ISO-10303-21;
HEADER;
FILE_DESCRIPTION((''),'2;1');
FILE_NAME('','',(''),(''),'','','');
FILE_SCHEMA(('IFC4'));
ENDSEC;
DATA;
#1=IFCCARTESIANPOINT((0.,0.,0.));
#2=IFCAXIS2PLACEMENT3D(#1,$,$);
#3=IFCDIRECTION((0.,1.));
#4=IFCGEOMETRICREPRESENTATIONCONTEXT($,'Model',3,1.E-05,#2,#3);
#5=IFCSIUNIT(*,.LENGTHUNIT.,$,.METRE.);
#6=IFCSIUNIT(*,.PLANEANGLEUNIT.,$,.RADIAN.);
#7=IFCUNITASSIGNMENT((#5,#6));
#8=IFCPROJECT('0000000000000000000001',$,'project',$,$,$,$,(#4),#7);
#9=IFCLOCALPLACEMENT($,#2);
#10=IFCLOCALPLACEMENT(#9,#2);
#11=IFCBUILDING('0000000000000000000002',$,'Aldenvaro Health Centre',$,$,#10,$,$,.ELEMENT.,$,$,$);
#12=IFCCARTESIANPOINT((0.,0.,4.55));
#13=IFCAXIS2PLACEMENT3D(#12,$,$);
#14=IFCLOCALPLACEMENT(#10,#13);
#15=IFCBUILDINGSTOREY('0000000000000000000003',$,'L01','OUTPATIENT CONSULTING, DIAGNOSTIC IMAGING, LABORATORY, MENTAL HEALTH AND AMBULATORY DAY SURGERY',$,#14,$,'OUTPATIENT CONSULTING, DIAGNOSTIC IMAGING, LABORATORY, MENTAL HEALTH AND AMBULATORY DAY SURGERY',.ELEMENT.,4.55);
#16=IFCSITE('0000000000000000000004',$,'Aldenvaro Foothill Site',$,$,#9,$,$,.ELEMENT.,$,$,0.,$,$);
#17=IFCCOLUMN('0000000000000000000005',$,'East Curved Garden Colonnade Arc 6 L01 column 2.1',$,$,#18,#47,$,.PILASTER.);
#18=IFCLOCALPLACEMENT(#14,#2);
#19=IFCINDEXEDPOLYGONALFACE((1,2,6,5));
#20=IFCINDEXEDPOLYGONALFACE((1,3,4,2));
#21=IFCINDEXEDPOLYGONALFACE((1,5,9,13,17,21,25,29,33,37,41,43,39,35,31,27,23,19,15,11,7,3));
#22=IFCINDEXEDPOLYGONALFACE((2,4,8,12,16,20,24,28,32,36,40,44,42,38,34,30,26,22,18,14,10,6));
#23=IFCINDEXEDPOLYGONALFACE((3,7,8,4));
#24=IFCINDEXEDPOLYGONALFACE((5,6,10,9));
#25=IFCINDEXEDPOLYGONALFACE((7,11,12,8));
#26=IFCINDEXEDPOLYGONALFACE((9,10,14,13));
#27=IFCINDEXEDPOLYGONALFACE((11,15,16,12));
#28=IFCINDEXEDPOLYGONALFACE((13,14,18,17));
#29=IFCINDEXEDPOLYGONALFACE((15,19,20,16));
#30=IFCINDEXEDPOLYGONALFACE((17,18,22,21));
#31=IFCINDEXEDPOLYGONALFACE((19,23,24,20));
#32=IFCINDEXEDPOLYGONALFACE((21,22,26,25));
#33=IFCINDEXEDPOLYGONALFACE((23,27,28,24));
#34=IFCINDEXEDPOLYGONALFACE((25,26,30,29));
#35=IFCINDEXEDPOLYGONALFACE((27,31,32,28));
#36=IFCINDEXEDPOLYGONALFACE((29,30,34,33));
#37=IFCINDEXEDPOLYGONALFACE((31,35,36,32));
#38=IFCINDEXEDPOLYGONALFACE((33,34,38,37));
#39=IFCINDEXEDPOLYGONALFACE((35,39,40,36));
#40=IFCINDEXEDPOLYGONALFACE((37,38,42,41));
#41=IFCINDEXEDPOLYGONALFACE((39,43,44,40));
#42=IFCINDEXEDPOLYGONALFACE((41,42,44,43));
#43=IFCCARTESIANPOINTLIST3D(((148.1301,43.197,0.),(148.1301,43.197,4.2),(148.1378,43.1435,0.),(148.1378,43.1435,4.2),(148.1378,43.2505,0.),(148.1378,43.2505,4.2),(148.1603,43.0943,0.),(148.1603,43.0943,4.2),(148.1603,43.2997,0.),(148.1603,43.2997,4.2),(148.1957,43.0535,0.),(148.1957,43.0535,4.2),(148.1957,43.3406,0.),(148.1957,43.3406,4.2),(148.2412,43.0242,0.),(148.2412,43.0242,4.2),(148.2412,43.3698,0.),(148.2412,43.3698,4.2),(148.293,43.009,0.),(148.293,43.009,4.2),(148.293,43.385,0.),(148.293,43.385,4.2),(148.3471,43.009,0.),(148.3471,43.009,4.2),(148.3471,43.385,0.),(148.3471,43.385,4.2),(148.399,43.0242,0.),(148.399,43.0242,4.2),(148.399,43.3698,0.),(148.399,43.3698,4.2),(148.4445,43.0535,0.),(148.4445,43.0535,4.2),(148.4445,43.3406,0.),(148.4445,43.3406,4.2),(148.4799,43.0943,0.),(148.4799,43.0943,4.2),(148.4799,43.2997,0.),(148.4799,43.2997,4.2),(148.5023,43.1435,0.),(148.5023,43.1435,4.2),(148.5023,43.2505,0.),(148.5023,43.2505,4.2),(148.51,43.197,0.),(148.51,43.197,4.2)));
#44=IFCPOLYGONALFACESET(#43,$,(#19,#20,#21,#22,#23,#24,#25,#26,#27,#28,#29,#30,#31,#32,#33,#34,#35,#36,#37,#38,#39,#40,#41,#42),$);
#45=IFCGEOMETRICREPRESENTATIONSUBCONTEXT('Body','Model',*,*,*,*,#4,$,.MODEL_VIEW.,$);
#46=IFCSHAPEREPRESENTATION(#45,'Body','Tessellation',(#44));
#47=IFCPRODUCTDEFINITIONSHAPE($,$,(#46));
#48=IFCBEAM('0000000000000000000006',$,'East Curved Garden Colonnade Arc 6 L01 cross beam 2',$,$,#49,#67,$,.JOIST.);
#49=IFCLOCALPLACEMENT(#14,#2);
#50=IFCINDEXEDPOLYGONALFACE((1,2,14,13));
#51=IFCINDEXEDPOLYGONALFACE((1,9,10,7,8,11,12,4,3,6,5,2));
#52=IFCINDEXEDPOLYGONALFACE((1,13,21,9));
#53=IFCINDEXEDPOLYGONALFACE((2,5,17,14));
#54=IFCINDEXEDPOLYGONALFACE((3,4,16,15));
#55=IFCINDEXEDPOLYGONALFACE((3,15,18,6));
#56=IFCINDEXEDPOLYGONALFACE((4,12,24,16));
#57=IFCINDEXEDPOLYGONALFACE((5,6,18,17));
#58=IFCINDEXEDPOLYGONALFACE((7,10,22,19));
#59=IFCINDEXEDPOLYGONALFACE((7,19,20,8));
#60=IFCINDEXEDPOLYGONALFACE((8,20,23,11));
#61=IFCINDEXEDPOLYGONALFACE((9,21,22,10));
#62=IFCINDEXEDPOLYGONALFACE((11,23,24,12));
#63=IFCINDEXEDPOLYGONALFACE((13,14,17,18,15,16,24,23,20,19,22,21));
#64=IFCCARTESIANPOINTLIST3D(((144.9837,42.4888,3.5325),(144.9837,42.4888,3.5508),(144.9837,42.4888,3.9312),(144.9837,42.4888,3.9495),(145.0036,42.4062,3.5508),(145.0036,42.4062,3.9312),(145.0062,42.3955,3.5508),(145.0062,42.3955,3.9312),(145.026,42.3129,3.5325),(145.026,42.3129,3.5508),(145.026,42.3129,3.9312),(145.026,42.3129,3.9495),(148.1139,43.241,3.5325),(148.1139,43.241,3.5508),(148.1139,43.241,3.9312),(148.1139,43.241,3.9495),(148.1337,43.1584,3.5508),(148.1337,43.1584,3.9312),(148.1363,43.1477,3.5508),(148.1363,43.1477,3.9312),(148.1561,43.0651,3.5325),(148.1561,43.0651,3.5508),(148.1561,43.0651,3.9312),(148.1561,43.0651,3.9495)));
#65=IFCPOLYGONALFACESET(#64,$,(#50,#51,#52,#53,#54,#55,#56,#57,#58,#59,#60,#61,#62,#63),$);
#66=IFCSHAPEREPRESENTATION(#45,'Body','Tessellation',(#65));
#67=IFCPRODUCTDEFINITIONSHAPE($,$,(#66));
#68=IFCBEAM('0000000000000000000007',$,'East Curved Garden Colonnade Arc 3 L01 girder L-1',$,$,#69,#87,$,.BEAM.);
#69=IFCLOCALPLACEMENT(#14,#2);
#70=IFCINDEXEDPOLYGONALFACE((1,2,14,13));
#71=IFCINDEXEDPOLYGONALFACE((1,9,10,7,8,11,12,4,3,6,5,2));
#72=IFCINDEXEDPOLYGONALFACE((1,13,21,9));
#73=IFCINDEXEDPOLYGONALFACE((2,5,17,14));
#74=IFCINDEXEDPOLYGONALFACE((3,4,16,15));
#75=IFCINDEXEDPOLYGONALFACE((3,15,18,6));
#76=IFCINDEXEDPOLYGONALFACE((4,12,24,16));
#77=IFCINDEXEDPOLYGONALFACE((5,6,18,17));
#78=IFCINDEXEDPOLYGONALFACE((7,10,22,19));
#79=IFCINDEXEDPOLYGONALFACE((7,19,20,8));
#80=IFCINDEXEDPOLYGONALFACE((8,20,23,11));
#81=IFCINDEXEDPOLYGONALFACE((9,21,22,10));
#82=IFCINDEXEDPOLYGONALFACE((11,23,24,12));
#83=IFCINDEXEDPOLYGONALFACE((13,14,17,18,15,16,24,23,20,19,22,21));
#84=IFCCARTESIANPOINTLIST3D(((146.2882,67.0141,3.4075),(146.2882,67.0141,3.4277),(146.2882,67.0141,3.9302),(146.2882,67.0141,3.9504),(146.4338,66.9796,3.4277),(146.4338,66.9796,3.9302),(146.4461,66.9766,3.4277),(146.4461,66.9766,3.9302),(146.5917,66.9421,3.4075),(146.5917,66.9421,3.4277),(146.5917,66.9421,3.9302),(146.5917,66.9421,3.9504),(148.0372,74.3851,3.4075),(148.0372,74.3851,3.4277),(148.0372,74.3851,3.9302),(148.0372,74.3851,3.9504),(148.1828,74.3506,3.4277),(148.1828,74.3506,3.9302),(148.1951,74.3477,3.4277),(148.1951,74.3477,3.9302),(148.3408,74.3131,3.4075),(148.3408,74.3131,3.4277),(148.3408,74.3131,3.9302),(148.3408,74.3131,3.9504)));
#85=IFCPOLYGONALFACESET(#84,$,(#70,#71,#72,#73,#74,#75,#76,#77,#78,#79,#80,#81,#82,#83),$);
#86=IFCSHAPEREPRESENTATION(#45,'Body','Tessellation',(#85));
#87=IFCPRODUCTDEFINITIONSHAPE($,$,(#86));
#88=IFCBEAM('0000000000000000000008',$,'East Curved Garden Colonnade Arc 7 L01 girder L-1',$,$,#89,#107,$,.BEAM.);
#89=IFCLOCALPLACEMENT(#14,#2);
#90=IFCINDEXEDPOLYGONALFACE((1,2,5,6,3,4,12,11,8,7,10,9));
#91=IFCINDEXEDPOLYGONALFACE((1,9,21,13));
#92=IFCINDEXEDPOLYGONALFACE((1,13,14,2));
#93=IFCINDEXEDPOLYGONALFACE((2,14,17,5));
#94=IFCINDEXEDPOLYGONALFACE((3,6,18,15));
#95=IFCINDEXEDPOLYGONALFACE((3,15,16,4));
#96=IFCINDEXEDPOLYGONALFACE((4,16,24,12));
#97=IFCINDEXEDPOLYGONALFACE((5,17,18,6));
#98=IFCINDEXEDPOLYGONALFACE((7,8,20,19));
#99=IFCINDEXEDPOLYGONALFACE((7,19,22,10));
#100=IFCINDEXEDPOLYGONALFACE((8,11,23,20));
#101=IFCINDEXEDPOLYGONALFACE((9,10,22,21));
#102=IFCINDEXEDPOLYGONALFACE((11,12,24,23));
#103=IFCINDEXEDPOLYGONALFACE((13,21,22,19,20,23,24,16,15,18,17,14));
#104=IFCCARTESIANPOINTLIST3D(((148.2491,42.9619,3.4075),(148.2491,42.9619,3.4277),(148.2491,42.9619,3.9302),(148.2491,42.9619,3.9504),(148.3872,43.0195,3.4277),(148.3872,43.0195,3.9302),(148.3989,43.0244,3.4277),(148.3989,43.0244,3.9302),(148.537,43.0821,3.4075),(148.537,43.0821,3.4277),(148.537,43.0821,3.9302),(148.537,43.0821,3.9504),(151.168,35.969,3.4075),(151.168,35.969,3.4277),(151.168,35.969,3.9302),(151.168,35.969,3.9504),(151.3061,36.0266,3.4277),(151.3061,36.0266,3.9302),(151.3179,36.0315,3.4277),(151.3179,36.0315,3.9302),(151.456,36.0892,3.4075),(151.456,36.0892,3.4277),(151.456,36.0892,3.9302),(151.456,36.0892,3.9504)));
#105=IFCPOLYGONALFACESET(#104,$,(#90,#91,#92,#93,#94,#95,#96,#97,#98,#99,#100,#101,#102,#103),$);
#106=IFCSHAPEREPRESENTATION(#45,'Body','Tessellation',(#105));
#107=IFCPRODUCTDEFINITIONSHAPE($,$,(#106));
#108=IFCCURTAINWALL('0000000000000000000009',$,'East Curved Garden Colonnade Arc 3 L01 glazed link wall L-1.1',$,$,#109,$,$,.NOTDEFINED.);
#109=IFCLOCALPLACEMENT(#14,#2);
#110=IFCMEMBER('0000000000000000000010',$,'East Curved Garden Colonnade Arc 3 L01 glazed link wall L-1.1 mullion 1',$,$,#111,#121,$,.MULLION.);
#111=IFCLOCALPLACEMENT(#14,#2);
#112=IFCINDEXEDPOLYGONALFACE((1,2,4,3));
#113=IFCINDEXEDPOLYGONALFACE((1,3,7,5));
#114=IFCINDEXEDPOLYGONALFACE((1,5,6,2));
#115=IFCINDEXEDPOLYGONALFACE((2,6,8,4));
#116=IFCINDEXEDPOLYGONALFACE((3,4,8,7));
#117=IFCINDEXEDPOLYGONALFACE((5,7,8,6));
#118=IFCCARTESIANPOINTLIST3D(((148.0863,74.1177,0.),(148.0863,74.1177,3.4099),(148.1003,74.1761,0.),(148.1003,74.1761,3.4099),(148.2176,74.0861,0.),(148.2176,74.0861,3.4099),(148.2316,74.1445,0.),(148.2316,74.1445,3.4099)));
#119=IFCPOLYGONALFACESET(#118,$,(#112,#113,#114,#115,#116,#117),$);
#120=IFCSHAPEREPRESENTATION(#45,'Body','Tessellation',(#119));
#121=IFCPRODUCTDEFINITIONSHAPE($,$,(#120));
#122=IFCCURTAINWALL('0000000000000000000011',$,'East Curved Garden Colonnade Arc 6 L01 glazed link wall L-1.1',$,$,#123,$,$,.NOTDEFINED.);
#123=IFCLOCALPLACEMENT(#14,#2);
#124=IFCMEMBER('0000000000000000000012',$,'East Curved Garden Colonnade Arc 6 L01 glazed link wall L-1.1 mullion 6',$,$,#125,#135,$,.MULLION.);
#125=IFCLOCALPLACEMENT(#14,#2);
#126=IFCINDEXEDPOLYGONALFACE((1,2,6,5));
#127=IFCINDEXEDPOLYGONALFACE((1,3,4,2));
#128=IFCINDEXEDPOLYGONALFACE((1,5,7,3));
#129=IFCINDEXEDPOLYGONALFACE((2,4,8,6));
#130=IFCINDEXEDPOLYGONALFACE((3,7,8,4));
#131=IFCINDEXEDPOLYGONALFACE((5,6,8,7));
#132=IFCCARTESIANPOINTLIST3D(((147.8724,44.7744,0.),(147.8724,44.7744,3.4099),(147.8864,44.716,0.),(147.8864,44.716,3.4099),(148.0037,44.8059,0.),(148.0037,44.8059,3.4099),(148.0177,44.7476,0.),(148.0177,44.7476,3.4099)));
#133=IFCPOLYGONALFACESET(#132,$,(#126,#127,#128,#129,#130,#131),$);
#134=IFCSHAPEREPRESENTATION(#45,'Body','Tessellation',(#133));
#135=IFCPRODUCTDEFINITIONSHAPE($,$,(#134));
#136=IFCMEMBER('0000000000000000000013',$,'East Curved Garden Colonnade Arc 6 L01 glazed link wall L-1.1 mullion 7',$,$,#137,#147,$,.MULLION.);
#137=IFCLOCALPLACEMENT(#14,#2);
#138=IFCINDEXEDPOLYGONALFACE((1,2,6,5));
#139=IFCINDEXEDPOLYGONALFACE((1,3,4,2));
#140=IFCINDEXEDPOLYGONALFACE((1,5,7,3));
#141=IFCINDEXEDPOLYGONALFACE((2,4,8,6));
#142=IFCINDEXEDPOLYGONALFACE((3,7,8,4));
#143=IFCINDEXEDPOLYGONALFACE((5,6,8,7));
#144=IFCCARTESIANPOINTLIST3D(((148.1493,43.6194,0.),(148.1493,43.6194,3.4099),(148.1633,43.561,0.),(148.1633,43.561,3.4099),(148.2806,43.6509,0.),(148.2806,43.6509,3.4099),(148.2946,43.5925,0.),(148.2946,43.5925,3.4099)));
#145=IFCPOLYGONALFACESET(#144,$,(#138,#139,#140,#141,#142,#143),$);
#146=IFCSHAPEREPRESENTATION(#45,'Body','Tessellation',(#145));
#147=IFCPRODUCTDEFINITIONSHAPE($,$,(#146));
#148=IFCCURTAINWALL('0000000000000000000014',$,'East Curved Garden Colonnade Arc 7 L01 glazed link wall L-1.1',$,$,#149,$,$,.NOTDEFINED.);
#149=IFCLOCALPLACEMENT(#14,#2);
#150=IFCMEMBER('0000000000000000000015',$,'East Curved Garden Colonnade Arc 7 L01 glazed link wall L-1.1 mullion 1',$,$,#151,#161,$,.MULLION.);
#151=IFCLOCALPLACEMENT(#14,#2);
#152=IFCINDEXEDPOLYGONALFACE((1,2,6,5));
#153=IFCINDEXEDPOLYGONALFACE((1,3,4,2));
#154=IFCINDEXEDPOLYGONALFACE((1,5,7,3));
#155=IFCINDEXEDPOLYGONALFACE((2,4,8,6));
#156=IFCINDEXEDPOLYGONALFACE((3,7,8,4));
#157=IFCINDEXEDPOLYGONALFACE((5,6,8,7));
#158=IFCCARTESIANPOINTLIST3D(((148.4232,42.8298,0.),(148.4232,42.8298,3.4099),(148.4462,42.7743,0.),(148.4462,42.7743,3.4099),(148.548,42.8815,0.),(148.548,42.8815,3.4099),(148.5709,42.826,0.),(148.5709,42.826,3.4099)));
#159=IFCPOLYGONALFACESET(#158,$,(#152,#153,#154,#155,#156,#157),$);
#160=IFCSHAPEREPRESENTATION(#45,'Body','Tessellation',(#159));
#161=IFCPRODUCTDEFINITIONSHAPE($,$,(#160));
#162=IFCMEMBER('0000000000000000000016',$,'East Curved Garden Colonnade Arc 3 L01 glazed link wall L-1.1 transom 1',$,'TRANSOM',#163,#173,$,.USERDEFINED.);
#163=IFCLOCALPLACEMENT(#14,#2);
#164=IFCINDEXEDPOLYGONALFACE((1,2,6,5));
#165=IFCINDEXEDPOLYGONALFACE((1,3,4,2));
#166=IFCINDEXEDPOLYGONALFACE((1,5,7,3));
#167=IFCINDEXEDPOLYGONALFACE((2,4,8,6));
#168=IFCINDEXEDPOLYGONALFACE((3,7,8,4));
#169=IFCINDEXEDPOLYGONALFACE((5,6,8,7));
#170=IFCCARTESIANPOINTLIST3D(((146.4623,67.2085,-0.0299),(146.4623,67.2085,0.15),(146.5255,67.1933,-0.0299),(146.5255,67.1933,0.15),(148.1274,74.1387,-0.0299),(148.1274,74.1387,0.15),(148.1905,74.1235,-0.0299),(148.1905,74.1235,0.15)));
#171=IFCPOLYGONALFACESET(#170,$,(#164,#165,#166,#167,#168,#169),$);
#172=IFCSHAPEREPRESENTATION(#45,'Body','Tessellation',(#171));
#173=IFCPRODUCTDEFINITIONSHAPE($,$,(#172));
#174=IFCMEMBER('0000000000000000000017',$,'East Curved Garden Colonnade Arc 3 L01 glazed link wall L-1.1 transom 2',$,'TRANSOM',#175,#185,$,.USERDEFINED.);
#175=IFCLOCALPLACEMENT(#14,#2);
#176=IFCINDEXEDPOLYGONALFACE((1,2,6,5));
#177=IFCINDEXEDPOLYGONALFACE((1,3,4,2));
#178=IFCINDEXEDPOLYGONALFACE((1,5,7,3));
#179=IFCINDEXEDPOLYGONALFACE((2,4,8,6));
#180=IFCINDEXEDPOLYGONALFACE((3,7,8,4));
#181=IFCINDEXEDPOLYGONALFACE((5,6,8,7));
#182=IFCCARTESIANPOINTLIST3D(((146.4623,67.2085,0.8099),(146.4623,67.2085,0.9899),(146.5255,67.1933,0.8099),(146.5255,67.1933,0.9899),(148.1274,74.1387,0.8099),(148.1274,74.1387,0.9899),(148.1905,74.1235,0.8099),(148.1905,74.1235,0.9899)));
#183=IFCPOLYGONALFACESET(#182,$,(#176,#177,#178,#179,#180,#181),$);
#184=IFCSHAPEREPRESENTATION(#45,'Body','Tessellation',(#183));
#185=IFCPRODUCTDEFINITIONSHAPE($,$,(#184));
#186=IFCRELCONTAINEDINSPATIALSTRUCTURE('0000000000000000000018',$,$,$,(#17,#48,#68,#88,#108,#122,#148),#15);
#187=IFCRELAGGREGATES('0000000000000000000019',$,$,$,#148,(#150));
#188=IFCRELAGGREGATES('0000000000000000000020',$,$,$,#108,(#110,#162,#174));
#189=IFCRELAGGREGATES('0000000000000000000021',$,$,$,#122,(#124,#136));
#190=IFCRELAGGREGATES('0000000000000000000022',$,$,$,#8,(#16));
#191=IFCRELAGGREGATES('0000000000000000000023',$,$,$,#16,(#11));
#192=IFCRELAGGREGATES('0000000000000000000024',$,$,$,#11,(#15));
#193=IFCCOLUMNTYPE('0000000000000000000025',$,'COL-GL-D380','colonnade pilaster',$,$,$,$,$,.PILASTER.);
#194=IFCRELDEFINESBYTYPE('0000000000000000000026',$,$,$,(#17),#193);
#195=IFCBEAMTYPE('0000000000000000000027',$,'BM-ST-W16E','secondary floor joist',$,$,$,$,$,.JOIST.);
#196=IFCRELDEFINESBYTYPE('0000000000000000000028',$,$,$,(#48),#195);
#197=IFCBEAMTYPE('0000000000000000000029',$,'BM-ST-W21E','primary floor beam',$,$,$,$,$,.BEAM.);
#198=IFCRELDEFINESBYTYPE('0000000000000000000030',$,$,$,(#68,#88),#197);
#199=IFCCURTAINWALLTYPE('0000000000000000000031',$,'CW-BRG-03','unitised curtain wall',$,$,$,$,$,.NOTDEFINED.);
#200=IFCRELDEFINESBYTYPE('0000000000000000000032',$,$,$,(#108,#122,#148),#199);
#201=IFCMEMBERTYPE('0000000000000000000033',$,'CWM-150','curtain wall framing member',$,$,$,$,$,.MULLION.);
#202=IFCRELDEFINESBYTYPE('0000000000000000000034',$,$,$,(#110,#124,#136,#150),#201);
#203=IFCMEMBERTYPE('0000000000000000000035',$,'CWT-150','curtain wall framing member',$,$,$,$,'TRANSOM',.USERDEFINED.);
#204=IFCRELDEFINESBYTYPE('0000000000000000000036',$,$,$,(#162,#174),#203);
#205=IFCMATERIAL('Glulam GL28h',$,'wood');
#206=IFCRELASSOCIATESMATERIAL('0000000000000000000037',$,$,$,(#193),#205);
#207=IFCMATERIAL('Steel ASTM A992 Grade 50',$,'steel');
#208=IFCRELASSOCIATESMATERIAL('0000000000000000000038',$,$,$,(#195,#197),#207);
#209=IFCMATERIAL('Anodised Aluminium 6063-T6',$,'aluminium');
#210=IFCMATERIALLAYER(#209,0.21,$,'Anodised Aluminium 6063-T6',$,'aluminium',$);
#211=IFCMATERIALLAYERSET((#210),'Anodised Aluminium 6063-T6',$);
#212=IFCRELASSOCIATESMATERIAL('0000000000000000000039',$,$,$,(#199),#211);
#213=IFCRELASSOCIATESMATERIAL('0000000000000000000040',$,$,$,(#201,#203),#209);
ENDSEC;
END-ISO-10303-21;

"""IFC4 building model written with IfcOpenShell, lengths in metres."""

from ifc_helpers import new_model, si_unit, direction, frame, origin, origin_2d, place, context, subcontext, project, spatial, rectangle, circle, i_section, extrude, material, layer, layer_set, material_profile, profile_set, type_object, element, aggregate, save


model = new_model("IFC4")

# Units and contexts
model_context = context("Model", 3, precision=1e-05, world=origin(), true_north=direction((0.0, 1.0)))
body_context = subcontext(model_context, "Body", "Model", "MODEL_VIEW")
ifc_project = project(units=[si_unit("LENGTHUNIT", "METRE"), si_unit("PLANEANGLEUNIT", "RADIAN")], contexts=[model_context])

# Site, building, storey
site_placement = place(None, origin())
site = spatial("IfcSite", under=ifc_project, at=site_placement, Name="Aldenvaro Foothill Site", CompositionType="ELEMENT", RefElevation=0.0)
building_placement = place(site_placement, origin())
building = spatial("IfcBuilding", under=site, at=building_placement, Name="Aldenvaro Health Centre", CompositionType="ELEMENT")
storey_placement = place(building_placement, frame((0.0, 0.0, 4.55)))
storey = spatial("IfcBuildingStorey", under=building, at=storey_placement, Name="L01", Description="OUTPATIENT CONSULTING, DIAGNOSTIC IMAGING, LABORATORY, MENTAL HEALTH AND AMBULATORY DAY SURGERY", LongName="OUTPATIENT CONSULTING, DIAGNOSTIC IMAGING, LABORATORY, MENTAL HEALTH AND AMBULATORY DAY SURGERY", CompositionType="ELEMENT", Elevation=4.55)

# Column
ifc_material_1 = material(Name="Glulam GL28h", Category="wood")
ifc_material_profile_1 = material_profile(ifc_material_1, circle(Radius=0.1899, at=origin_2d()), Name="GL D380", Category="wood")
ifc_profile_set_1 = profile_set([ifc_material_profile_1], Name="Glulam GL28h")
column_type = type_object("IfcColumnType", Name="COL-GL-D380", Description="colonnade pilaster", PredefinedType="PILASTER", material=ifc_profile_set_1)
column_placement = place(storey_placement, frame((148.3201, 43.197, 0.0), z_axis=(0.0, 0.0, 1.0), x_axis=(1.0, 0.0, 0.0)))
element("IfcColumn", 1, at=column_placement, inside=storey, type_object=column_type, Name="East Curved Garden Colonnade Arc 6 L01 column 2.1", PredefinedType="PILASTER", context=body_context, shape_type="SweptSolid", body=[
    extrude(circle(Radius=0.1899, at=origin_2d()), origin(), (0.0, 0.0, 1.0), 4.2),
])

# Beams
ifc_material_2 = material(Name="Steel ASTM A992 Grade 50", Category="steel")
ifc_material_profile_2 = material_profile(ifc_material_2, i_section(OverallWidth=0.1809, OverallDepth=0.417, WebThickness=0.011, FlangeThickness=0.0183, at=origin_2d()), Name="W16X57", Category="steel")
ifc_profile_set_2 = profile_set([ifc_material_profile_2], Name="Steel ASTM A992 Grade 50")
beam_type_1 = type_object("IfcBeamType", Name="BM-ST-W16E", Description="secondary floor joist", PredefinedType="JOIST", material=ifc_profile_set_2)
beam_1_placement = place(storey_placement, frame((148.135, 43.1531, 3.741), z_axis=(-0.972319, -0.233657, 0.0), x_axis=(0.233657, -0.972319, 0.0)))
element("IfcBeam", 2, at=beam_1_placement, inside=storey, type_object=beam_type_1, Name="East Curved Garden Colonnade Arc 6 L01 cross beam 2", PredefinedType="JOIST", context=body_context, shape_type="SweptSolid", body=[
    extrude(i_section(OverallWidth=0.1809, OverallDepth=0.417, WebThickness=0.011, FlangeThickness=0.0183, at=origin_2d()), origin(), (0.0, 0.0, 1.0), 3.2192),
])
ifc_material_profile_3 = material_profile(ifc_material_2, i_section(OverallWidth=0.312, OverallDepth=0.543, WebThickness=0.0127, FlangeThickness=0.0203, at=origin_2d()), Name="W21X101", Category="steel")
ifc_profile_set_3 = profile_set([ifc_material_profile_3], Name="Steel ASTM A992 Grade 50")
beam_type_2 = type_object("IfcBeamType", Name="BM-ST-W21E", Description="primary floor beam", PredefinedType="BEAM", material=ifc_profile_set_3)
beam_2_placement = place(storey_placement, frame((148.189, 74.3491, 3.679), z_axis=(-0.230871, -0.972984, 0.0), x_axis=(0.972984, -0.230871, 0.0)))
element("IfcBeam", 3, at=beam_2_placement, inside=storey, type_object=beam_type_2, Name="East Curved Garden Colonnade Arc 3 L01 girder L-1", PredefinedType="BEAM", context=body_context, shape_type="SweptSolid", body=[
    extrude(i_section(OverallWidth=0.312, OverallDepth=0.543, WebThickness=0.0127, FlangeThickness=0.0203, at=origin_2d()), origin(), (0.0, 0.0, 1.0), 7.5757),
])
beam_3_placement = place(storey_placement, frame((148.3931, 43.022, 3.679), z_axis=(0.385203, -0.922832, 0.0), x_axis=(0.922832, 0.385203, 0.0)))
element("IfcBeam", 4, at=beam_3_placement, inside=storey, type_object=beam_type_2, Name="East Curved Garden Colonnade Arc 7 L01 girder L-1", PredefinedType="BEAM", context=body_context, shape_type="SweptSolid", body=[
    extrude(i_section(OverallWidth=0.312, OverallDepth=0.543, WebThickness=0.0127, FlangeThickness=0.0203, at=origin_2d()), origin(), (0.0, 0.0, 1.0), 7.5776),
])

# Curtain wall, member
ifc_material_3 = material(Name="Anodised Aluminium 6063-T6", Category="aluminium")
ifc_layer_1 = layer(ifc_material_3, 0.21, Name="Anodised Aluminium 6063-T6", Category="aluminium")
ifc_layer_set_1 = layer_set([ifc_layer_1], Name="Anodised Aluminium 6063-T6")
curtain_wall_type = type_object("IfcCurtainWallType", Name="CW-BRG-03", Description="unitised curtain wall", PredefinedType="NOTDEFINED", material=ifc_layer_set_1)
curtain_wall_1_placement = place(storey_placement, origin())
curtain_wall_1 = element("IfcCurtainWall", 5, at=curtain_wall_1_placement, inside=storey, type_object=curtain_wall_type, Name="East Curved Garden Colonnade Arc 3 L01 glazed link wall L-1.1", PredefinedType="NOTDEFINED")
ifc_material_profile_4 = material_profile(ifc_material_3, rectangle(XDim=0.0601, YDim=0.135, at=origin_2d()), Name="ALU 60x135", Category="aluminium")
ifc_profile_set_4 = profile_set([ifc_material_profile_4], Name="Anodised Aluminium 6063-T6")
member_type_1 = type_object("IfcMemberType", Name="CWM-150", Description="curtain wall framing member", PredefinedType="MULLION", material=ifc_profile_set_4)
member_1_placement = place(storey_placement, frame((148.1589, 74.1311, 0.0), z_axis=(0.0, 0.0, 1.0), x_axis=(-0.233612, -0.97233, 0.0)))
member_1 = element("IfcMember", 6, at=member_1_placement, type_object=member_type_1, Name="East Curved Garden Colonnade Arc 3 L01 glazed link wall L-1.1 mullion 1", PredefinedType="MULLION", context=body_context, shape_type="SweptSolid", body=[
    extrude(rectangle(XDim=0.0601, YDim=0.135, at=origin_2d()), origin(), (0.0, 0.0, 1.0), 3.4099),
])

# Curtain wall, members
curtain_wall_2_placement = place(storey_placement, origin())
curtain_wall_2 = element("IfcCurtainWall", 7, at=curtain_wall_2_placement, inside=storey, type_object=curtain_wall_type, Name="East Curved Garden Colonnade Arc 6 L01 glazed link wall L-1.1", PredefinedType="NOTDEFINED")
member_2_placement = place(storey_placement, frame((147.9451, 44.761, 0.0), z_axis=(0.0, 0.0, 1.0), x_axis=(0.233511, -0.972354, 0.0)))
member_2 = element("IfcMember", 8, at=member_2_placement, type_object=member_type_1, Name="East Curved Garden Colonnade Arc 6 L01 glazed link wall L-1.1 mullion 6", PredefinedType="MULLION", context=body_context, shape_type="SweptSolid", body=[
    extrude(rectangle(XDim=0.0601, YDim=0.135, at=origin_2d()), origin(), (0.0, 0.0, 1.0), 3.4099),
])
member_3_placement = place(storey_placement, frame((148.2219, 43.606, 0.0), z_axis=(0.0, 0.0, 1.0), x_axis=(0.233511, -0.972354, 0.0)))
member_3 = element("IfcMember", 9, at=member_3_placement, type_object=member_type_1, Name="East Curved Garden Colonnade Arc 6 L01 glazed link wall L-1.1 mullion 7", PredefinedType="MULLION", context=body_context, shape_type="SweptSolid", body=[
    extrude(rectangle(XDim=0.0601, YDim=0.135, at=origin_2d()), origin(), (0.0, 0.0, 1.0), 3.4099),
])

# Curtain wall, member
curtain_wall_3_placement = place(storey_placement, origin())
curtain_wall_3 = element("IfcCurtainWall", 10, at=curtain_wall_3_placement, inside=storey, type_object=curtain_wall_type, Name="East Curved Garden Colonnade Arc 7 L01 glazed link wall L-1.1", PredefinedType="NOTDEFINED")
member_4_placement = place(storey_placement, frame((148.4971, 42.8279, 0.0), z_axis=(0.0, 0.0, 1.0), x_axis=(0.382562, -0.92393, 0.0)))
member_4 = element("IfcMember", 11, at=member_4_placement, type_object=member_type_1, Name="East Curved Garden Colonnade Arc 7 L01 glazed link wall L-1.1 mullion 1", PredefinedType="MULLION", context=body_context, shape_type="SweptSolid", body=[
    extrude(rectangle(XDim=0.0601, YDim=0.135, at=origin_2d()), origin(), (0.0, 0.0, 1.0), 3.4099),
])

# Members
ifc_material_profile_5 = material_profile(ifc_material_3, rectangle(XDim=0.0649, YDim=0.1799, at=origin_2d()), Name="ALU 65x180", Category="aluminium")
ifc_profile_set_5 = profile_set([ifc_material_profile_5], Name="Anodised Aluminium 6063-T6")
member_type_2 = type_object("IfcMemberType", Name="CWT-150", Description="curtain wall framing member", ElementType="TRANSOM", PredefinedType="USERDEFINED", material=ifc_profile_set_5)
member_5_placement = place(storey_placement, frame((148.1589, 74.1311, 0.0601), z_axis=(-0.233611, -0.97233, 0.0), x_axis=(0.97233, -0.233611, 0.0)))
member_5 = element("IfcMember", 12, at=member_5_placement, type_object=member_type_2, Name="East Curved Garden Colonnade Arc 3 L01 glazed link wall L-1.1 transom 1", ObjectType="TRANSOM", PredefinedType="USERDEFINED", context=body_context, shape_type="SweptSolid", body=[
    extrude(rectangle(XDim=0.0649, YDim=0.1799, at=origin_2d()), origin(), (0.0, 0.0, 1.0), 7.1274),
])
member_6_placement = place(storey_placement, frame((148.1589, 74.1311, 0.8999), z_axis=(-0.233611, -0.97233, 0.0), x_axis=(0.97233, -0.233611, 0.0)))
member_6 = element("IfcMember", 13, at=member_6_placement, type_object=member_type_2, Name="East Curved Garden Colonnade Arc 3 L01 glazed link wall L-1.1 transom 2", ObjectType="TRANSOM", PredefinedType="USERDEFINED", context=body_context, shape_type="SweptSolid", body=[
    extrude(rectangle(XDim=0.0649, YDim=0.1799, at=origin_2d()), origin(), (0.0, 0.0, 1.0), 7.1274),
])

aggregate(curtain_wall_3, [member_4])
aggregate(curtain_wall_1, [member_1, member_5, member_6])
aggregate(curtain_wall_2, [member_2, member_3])

save(model, "model.ifc")
